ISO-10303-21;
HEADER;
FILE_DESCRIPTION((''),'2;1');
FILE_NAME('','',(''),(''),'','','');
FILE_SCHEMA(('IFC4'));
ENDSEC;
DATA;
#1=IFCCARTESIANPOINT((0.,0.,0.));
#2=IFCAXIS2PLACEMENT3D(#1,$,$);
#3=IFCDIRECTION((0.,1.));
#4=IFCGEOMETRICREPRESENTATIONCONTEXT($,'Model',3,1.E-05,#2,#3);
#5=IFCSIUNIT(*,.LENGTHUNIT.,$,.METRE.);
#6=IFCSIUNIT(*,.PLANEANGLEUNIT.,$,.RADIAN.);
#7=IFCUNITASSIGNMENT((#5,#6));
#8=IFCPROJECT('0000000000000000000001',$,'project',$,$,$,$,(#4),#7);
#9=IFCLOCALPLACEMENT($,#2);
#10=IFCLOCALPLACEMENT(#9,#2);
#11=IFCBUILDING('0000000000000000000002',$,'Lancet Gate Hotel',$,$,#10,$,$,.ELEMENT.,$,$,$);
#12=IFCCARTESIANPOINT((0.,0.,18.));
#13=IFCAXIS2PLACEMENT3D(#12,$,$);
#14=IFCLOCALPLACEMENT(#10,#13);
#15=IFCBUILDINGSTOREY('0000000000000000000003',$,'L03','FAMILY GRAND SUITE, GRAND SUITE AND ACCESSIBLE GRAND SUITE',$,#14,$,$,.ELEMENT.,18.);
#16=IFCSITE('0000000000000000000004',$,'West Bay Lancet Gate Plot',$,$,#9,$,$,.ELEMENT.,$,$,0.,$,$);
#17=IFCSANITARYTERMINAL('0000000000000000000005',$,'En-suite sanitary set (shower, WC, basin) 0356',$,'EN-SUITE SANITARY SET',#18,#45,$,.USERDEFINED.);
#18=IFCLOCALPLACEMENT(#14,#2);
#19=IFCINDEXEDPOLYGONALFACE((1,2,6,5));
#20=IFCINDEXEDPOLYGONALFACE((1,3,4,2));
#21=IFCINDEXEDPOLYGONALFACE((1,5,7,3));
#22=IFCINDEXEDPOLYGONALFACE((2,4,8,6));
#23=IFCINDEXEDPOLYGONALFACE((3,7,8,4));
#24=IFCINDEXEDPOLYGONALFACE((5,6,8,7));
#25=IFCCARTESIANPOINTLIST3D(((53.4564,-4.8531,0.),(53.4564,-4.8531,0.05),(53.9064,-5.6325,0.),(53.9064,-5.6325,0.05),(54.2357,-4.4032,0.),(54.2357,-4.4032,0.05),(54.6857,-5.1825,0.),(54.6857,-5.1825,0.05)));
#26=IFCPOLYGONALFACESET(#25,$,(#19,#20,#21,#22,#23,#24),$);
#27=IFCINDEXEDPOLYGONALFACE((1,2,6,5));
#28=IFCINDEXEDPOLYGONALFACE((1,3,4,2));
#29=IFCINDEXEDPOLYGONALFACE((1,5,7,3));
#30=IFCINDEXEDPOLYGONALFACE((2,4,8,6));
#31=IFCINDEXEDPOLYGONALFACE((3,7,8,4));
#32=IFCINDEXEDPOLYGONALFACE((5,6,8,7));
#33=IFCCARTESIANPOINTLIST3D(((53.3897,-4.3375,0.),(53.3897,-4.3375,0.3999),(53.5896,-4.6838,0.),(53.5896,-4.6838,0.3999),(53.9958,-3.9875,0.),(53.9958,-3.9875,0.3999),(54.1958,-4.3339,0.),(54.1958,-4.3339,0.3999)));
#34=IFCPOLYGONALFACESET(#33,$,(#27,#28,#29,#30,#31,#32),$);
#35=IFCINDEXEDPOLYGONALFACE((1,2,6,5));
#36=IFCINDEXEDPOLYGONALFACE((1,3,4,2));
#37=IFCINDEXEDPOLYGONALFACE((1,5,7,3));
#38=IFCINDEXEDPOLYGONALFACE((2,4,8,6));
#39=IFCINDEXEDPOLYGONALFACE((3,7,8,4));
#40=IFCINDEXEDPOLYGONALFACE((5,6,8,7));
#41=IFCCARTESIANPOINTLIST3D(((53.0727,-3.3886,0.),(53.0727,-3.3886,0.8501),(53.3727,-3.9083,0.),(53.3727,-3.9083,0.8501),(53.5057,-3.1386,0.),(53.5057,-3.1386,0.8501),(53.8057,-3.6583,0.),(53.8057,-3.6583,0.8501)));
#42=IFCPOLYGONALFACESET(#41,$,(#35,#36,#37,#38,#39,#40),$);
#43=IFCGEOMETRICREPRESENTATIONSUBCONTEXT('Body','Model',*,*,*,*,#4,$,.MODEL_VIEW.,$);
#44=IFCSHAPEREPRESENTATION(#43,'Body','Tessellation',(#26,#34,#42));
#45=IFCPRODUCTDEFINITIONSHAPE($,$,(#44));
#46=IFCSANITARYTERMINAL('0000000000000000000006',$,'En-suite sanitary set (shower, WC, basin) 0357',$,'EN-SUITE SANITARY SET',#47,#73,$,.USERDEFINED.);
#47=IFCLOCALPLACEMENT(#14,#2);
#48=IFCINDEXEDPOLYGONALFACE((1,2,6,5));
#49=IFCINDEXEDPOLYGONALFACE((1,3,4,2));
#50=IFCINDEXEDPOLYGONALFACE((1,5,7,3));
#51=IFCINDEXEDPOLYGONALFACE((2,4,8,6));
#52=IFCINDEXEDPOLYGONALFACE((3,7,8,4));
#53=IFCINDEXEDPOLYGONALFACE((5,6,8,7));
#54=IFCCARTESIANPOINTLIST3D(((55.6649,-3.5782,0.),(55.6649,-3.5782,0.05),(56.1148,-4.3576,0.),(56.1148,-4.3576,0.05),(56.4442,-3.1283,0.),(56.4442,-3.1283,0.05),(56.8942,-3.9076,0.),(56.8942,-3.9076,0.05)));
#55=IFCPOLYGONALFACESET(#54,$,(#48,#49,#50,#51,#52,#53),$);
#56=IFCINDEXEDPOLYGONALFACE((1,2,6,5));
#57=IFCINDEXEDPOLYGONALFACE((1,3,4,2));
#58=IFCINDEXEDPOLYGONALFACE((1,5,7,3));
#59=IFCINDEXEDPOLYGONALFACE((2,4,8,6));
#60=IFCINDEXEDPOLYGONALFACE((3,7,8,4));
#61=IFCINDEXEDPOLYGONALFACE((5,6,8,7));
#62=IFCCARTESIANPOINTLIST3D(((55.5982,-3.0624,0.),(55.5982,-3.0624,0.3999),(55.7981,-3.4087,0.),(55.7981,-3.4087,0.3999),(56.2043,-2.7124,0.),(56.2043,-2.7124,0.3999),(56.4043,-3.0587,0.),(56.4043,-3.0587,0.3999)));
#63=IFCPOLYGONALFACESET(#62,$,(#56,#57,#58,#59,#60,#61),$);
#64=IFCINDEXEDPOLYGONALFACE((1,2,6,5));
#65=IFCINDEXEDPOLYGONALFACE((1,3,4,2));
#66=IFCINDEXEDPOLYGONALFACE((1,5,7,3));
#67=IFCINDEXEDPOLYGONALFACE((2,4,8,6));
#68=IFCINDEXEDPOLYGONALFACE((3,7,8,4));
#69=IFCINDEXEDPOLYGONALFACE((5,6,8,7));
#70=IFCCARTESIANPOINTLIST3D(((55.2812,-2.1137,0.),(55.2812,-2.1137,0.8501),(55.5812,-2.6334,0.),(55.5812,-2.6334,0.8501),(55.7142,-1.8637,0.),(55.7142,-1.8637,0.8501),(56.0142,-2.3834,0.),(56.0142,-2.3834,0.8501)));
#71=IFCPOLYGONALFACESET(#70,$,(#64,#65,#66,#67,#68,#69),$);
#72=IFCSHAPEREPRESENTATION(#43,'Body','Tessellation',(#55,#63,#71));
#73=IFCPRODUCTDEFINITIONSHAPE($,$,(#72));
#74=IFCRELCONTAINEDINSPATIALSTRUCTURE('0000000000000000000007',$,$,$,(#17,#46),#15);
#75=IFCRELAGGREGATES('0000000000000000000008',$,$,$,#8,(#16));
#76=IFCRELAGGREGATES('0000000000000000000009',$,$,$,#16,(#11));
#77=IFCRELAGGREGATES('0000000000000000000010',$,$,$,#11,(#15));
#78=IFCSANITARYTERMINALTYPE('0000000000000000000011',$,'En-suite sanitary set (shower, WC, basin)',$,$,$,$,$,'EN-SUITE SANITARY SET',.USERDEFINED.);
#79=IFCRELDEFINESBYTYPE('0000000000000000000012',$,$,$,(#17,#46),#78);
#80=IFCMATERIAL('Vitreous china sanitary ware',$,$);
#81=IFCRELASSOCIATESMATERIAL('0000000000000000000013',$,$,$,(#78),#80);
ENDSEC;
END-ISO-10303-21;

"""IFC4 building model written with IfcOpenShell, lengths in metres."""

from ifc_helpers import new_model, si_unit, direction, frame, origin, origin_2d, place, context, subcontext, project, spatial, rectangle, extrude, material, type_object, element, save


model = new_model("IFC4")

# Units and contexts
model_context = context("Model", 3, precision=1e-05, world=origin(), true_north=direction((0.0, 1.0)))
body_context = subcontext(model_context, "Body", "Model", "MODEL_VIEW")
ifc_project = project(units=[si_unit("LENGTHUNIT", "METRE"), si_unit("PLANEANGLEUNIT", "RADIAN")], contexts=[model_context])

# Site, building, storey
site_placement = place(None, origin())
site = spatial("IfcSite", under=ifc_project, at=site_placement, Name="West Bay Lancet Gate Plot", CompositionType="ELEMENT", RefElevation=0.0)
building_placement = place(site_placement, origin())
building = spatial("IfcBuilding", under=site, at=building_placement, Name="Lancet Gate Hotel", CompositionType="ELEMENT")
storey_placement = place(building_placement, frame((0.0, 0.0, 18.0)))
storey = spatial("IfcBuildingStorey", under=building, at=storey_placement, Name="L03", Description="FAMILY GRAND SUITE, GRAND SUITE AND ACCESSIBLE GRAND SUITE", CompositionType="ELEMENT", Elevation=18.0)

# Sanitary terminals
ifc_material_1 = material(Name="Vitreous china sanitary ware")
sanitary_terminal_type = type_object("IfcSanitaryTerminalType", Name="En-suite sanitary set (shower, WC, basin)", ElementType="EN-SUITE SANITARY SET", PredefinedType="USERDEFINED", material=ifc_material_1)
sanitary_terminal_1_placement = place(storey_placement, frame((54.071, -5.0178, 0.0), z_axis=(0.0, 0.0, 1.0), x_axis=(1.0, 0.0, 0.0)))
element("IfcSanitaryTerminal", 1, at=sanitary_terminal_1_placement, inside=storey, type_object=sanitary_terminal_type, Name="En-suite sanitary set (shower, WC, basin) 0356", ObjectType="EN-SUITE SANITARY SET", PredefinedType="USERDEFINED", context=body_context, shape_type="SweptSolid", body=[
    extrude(rectangle(XDim=0.8999, YDim=0.8999, at=origin_2d()), frame((0.0, 0.0, 0.0), z_axis=(0.0, 0.0, 1.0), x_axis=(0.5, -0.866025, 0.0)), (0.0, 0.0, 1.0), 0.05),
    extrude(rectangle(XDim=0.3999, YDim=0.7, at=origin_2d()), frame((-0.2783, 0.6821, 0.0), z_axis=(0.0, 0.0, 1.0), x_axis=(0.5, -0.866025, 0.0)), (0.0, 0.0, 1.0), 0.3999),
    extrude(rectangle(XDim=0.6001, YDim=0.5, at=origin_2d()), frame((-0.6318, 1.4944, 0.0), z_axis=(0.0, 0.0, 1.0), x_axis=(0.5, -0.866025, 0.0)), (0.0, 0.0, 1.0), 0.8501),
])
sanitary_terminal_2_placement = place(storey_placement, frame((56.2795, -3.7429, 0.0), z_axis=(0.0, 0.0, 1.0), x_axis=(1.0, 0.0, 0.0)))
element("IfcSanitaryTerminal", 2, at=sanitary_terminal_2_placement, inside=storey, type_object=sanitary_terminal_type, Name="En-suite sanitary set (shower, WC, basin) 0357", ObjectType="EN-SUITE SANITARY SET", PredefinedType="USERDEFINED", context=body_context, shape_type="SweptSolid", body=[
    extrude(rectangle(XDim=0.8999, YDim=0.8999, at=origin_2d()), frame((0.0, 0.0, 0.0), z_axis=(0.0, 0.0, 1.0), x_axis=(0.5, -0.866025, 0.0)), (0.0, 0.0, 1.0), 0.05),
    extrude(rectangle(XDim=0.3999, YDim=0.7, at=origin_2d()), frame((-0.2783, 0.6824, 0.0), z_axis=(0.0, 0.0, 1.0), x_axis=(0.5, -0.866025, 0.0)), (0.0, 0.0, 1.0), 0.3999),
    extrude(rectangle(XDim=0.6001, YDim=0.5, at=origin_2d()), frame((-0.6318, 1.4944, 0.0), z_axis=(0.0, 0.0, 1.0), x_axis=(0.5, -0.866025, 0.0)), (0.0, 0.0, 1.0), 0.8501),
])

save(model, "model.ifc")
